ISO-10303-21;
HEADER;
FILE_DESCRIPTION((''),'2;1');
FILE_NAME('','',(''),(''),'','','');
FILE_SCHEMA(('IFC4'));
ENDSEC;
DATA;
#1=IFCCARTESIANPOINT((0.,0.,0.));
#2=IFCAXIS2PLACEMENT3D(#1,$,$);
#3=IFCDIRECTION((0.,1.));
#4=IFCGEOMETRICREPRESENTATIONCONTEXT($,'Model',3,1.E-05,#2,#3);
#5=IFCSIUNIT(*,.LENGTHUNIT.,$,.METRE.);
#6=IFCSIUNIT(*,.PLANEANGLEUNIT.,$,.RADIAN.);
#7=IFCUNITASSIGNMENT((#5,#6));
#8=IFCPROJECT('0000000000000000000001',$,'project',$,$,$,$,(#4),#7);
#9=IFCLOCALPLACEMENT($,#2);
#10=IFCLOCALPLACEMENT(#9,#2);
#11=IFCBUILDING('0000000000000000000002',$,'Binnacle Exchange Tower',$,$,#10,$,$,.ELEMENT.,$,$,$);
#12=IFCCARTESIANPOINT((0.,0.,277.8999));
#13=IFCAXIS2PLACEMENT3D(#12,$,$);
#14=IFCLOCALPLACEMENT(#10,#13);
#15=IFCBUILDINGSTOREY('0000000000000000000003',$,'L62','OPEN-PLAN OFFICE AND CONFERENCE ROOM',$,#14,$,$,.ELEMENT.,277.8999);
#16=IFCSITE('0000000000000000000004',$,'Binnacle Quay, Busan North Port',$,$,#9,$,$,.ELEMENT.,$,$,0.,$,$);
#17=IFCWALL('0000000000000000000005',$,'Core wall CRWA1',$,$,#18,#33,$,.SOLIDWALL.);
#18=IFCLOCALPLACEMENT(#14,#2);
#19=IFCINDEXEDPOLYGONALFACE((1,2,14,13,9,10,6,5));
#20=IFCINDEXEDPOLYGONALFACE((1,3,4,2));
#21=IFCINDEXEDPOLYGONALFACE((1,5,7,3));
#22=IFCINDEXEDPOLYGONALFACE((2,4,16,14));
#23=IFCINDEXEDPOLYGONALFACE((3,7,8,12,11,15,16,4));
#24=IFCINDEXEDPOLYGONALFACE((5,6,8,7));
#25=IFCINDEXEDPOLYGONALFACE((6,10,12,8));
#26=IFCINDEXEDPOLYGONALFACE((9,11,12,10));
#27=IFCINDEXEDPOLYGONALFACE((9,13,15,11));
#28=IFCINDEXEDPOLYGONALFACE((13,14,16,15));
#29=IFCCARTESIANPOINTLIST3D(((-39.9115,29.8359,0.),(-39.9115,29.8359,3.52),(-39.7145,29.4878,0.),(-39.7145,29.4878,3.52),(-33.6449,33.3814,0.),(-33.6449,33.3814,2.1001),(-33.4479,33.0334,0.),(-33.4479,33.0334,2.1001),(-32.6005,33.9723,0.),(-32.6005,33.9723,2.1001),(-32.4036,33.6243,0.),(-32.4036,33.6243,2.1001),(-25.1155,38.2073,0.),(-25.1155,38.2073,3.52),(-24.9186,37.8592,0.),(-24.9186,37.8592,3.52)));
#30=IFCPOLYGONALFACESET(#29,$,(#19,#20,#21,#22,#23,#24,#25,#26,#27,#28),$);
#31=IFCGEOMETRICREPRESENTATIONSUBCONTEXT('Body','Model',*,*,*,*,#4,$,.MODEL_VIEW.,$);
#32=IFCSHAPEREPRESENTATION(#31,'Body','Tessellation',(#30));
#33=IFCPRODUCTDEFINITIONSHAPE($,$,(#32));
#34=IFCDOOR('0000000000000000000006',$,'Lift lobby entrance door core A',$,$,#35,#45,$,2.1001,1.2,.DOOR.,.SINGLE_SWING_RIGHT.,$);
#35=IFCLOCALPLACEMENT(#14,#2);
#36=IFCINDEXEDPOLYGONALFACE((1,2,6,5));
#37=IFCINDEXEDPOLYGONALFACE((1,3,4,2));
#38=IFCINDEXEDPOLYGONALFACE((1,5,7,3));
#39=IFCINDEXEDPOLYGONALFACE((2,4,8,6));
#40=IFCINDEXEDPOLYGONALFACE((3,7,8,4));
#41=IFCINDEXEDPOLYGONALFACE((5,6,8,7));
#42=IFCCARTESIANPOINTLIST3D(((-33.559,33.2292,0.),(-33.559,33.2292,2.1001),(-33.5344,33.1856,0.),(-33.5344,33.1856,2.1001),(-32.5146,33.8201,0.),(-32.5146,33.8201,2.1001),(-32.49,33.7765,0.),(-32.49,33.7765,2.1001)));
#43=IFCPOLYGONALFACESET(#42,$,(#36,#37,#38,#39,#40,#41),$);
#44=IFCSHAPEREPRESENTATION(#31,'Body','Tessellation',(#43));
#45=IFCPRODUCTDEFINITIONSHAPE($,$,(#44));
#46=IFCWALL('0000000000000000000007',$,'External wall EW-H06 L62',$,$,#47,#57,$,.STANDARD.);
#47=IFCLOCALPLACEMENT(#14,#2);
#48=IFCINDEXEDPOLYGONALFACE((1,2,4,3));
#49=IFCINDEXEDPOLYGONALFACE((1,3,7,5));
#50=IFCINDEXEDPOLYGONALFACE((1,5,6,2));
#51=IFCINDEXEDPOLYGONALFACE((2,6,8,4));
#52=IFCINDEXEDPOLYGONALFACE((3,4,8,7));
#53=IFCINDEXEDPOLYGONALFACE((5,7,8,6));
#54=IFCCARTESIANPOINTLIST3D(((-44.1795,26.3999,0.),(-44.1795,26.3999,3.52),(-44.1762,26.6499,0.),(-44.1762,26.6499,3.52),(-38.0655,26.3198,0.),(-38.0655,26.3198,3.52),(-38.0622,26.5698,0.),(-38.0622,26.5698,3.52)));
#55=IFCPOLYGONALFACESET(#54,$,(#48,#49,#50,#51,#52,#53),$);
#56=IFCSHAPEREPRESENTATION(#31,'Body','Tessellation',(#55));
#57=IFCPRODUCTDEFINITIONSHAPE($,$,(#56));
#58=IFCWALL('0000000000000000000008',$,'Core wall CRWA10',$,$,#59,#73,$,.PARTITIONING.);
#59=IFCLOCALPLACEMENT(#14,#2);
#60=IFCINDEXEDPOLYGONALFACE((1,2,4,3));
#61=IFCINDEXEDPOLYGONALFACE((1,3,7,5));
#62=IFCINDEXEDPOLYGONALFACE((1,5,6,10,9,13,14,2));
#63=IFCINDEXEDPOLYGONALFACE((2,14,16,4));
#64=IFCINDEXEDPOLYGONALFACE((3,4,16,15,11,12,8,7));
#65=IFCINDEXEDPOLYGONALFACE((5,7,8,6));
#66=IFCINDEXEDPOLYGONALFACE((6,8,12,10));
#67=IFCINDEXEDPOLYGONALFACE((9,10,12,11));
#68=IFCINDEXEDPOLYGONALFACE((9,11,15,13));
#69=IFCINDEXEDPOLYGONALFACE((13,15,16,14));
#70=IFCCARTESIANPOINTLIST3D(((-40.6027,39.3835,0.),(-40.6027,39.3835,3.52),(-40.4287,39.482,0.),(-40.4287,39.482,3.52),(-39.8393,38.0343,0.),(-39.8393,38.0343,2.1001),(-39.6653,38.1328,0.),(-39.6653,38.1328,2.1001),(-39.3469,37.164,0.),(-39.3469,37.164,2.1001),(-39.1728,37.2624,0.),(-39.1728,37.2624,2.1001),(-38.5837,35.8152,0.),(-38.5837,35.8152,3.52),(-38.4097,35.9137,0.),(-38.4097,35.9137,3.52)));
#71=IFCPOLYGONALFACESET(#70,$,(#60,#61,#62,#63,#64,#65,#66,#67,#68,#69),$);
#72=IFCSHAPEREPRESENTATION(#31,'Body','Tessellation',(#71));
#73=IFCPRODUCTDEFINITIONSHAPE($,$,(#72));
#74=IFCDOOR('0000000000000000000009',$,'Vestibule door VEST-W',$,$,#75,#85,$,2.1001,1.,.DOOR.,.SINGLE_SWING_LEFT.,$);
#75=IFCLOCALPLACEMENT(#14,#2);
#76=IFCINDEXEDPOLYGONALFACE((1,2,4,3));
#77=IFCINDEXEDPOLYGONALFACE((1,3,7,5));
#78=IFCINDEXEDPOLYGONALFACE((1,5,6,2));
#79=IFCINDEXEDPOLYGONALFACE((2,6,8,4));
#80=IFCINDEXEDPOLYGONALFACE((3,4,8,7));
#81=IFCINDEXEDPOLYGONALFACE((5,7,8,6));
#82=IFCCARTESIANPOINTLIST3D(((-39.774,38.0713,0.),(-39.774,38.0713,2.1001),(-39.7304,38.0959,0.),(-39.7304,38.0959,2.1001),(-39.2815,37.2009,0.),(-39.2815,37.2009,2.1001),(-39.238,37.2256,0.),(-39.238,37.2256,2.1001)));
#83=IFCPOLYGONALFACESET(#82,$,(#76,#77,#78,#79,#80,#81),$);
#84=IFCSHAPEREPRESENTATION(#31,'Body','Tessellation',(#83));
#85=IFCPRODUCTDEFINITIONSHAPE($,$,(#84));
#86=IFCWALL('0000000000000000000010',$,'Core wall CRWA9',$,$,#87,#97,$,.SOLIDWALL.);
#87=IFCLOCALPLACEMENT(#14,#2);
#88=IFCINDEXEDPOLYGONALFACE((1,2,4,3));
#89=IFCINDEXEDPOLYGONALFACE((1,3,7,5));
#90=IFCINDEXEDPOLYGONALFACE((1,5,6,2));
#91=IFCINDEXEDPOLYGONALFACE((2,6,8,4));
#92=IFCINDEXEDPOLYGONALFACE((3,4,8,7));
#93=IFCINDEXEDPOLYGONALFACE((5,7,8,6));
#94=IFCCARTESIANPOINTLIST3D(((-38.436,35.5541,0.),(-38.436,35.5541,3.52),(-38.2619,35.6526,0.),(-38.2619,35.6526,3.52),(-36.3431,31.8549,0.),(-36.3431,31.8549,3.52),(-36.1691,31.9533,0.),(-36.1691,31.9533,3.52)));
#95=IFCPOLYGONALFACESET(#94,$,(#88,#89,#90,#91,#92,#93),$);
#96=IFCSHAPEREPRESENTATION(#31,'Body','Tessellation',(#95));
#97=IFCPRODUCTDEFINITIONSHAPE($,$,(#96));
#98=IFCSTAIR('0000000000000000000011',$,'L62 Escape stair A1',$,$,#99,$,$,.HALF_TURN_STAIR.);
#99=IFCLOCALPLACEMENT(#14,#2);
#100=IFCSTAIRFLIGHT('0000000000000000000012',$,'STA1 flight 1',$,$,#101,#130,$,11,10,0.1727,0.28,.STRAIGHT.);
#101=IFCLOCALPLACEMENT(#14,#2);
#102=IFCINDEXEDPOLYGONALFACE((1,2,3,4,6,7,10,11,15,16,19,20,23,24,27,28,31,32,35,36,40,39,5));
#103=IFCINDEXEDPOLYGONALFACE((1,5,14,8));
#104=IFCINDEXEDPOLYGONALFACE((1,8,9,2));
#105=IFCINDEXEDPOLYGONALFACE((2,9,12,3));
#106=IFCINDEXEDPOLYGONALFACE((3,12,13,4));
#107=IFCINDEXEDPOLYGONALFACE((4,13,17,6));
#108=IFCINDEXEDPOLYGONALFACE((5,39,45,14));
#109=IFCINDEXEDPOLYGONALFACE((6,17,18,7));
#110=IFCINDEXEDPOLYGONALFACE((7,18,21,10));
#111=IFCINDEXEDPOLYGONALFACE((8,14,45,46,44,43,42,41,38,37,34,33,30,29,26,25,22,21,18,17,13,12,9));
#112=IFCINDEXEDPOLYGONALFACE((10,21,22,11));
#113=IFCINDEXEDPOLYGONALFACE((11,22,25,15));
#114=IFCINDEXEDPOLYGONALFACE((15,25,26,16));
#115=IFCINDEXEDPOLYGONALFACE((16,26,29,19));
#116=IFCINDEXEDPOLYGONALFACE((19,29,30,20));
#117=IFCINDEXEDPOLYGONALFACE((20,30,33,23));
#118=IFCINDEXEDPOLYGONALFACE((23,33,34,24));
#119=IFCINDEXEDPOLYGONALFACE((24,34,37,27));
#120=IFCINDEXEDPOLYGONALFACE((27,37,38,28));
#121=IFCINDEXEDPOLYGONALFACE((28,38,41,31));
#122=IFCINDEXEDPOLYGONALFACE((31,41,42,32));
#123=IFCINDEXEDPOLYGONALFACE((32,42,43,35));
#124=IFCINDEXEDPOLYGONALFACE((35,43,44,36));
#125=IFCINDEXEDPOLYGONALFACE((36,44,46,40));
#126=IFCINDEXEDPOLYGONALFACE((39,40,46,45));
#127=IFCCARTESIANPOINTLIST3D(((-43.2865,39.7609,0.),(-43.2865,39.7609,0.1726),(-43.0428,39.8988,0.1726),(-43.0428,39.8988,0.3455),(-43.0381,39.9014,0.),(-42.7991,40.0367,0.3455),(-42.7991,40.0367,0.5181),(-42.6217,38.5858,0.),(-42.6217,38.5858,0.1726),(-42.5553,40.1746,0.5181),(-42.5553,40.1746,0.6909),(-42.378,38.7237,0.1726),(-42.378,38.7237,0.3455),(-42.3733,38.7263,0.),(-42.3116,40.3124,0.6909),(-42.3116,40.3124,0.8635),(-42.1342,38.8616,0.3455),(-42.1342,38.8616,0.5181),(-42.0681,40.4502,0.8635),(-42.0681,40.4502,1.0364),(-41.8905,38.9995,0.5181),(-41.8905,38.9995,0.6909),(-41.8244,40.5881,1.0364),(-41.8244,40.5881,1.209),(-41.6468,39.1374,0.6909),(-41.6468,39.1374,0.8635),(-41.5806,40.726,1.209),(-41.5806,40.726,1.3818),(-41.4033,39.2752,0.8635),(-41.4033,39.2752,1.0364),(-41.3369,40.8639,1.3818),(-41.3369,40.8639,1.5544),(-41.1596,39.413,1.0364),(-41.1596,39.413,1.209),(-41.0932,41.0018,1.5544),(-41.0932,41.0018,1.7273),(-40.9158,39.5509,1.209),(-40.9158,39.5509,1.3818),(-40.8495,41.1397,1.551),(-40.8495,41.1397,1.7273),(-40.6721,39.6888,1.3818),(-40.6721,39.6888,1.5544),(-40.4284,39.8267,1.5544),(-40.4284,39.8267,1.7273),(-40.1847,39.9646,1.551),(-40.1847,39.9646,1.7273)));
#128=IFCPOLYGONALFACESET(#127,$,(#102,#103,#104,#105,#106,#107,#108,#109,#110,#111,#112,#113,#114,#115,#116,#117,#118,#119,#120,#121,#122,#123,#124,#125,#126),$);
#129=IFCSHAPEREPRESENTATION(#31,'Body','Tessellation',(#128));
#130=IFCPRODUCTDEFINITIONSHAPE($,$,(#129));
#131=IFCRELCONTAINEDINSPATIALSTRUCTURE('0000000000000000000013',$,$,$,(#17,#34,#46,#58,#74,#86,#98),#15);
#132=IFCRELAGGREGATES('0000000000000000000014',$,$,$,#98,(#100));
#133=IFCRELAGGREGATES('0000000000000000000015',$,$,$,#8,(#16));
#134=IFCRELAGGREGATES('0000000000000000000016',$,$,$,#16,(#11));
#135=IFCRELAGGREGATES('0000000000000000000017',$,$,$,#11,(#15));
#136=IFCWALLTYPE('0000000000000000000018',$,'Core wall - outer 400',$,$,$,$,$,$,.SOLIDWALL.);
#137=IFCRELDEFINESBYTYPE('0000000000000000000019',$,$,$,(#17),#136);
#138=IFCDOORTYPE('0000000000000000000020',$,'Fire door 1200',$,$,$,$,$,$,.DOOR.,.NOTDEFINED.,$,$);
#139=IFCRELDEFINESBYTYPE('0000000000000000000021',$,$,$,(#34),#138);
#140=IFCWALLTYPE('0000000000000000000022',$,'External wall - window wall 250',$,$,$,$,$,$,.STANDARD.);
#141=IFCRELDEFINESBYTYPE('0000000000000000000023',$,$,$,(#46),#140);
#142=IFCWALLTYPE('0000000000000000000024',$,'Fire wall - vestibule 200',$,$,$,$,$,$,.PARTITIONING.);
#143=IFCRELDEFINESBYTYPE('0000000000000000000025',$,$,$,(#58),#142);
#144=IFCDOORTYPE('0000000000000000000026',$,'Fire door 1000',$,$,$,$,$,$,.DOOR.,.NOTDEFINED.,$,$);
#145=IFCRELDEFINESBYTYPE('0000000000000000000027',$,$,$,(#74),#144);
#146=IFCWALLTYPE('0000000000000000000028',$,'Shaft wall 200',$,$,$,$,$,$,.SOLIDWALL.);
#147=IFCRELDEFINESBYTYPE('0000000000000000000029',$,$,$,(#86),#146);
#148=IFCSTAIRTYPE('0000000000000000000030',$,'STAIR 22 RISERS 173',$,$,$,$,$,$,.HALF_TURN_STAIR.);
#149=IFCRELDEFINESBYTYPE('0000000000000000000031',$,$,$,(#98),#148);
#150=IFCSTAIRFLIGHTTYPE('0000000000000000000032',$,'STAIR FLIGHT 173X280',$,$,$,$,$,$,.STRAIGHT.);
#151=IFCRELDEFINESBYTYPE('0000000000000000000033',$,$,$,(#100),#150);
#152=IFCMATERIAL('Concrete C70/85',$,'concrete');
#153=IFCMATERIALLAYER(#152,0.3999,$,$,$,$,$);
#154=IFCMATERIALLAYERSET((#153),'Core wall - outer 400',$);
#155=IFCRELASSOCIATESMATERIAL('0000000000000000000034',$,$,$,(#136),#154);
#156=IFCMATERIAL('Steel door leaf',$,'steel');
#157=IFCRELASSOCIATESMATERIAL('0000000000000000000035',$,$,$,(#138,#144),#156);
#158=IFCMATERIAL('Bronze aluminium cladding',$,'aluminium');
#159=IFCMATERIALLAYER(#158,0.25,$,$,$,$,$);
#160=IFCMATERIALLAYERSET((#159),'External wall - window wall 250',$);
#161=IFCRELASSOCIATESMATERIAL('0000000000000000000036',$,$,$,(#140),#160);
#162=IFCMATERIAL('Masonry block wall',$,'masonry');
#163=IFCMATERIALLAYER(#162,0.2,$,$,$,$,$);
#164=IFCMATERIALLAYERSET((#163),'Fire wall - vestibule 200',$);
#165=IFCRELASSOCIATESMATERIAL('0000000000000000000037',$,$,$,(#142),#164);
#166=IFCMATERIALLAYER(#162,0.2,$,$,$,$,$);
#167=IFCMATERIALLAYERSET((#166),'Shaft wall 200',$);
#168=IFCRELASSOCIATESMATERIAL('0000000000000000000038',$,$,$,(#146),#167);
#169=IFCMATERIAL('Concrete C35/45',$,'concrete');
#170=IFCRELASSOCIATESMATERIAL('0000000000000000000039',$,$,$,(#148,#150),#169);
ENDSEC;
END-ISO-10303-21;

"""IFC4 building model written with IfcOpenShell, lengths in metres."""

from ifc_helpers import new_model, si_unit, direction, frame, frame_2d, origin, place, context, subcontext, project, spatial, polyline, rectangle, outline, extrude, material, layer, layer_set, type_object, element, fill, aggregate, save


model = new_model("IFC4")

# Units and contexts
model_context = context("Model", 3, precision=1e-05, world=origin(), true_north=direction((0.0, 1.0)))
body_context = subcontext(model_context, "Body", "Model", "MODEL_VIEW")
ifc_project = project(units=[si_unit("LENGTHUNIT", "METRE"), si_unit("PLANEANGLEUNIT", "RADIAN")], contexts=[model_context])

# Site, building, storey
site_placement = place(None, origin())
site = spatial("IfcSite", under=ifc_project, at=site_placement, Name="Binnacle Quay, Busan North Port", CompositionType="ELEMENT", RefElevation=0.0)
building_placement = place(site_placement, origin())
building = spatial("IfcBuilding", under=site, at=building_placement, Name="Binnacle Exchange Tower", CompositionType="ELEMENT")
storey_placement = place(building_placement, frame((0.0, 0.0, 277.8999)))
storey = spatial("IfcBuildingStorey", under=building, at=storey_placement, Name="L62", Description="OPEN-PLAN OFFICE AND CONFERENCE ROOM", CompositionType="ELEMENT", Elevation=277.8999)

# Shared definitions
ifc_material_1 = material(Name="Concrete C70/85", Category="concrete")
ifc_material_2 = material(Name="Steel door leaf", Category="steel")

# Wall, opening, door
ifc_layer_1 = layer(ifc_material_1, 0.3999)
ifc_layer_set_1 = layer_set([ifc_layer_1], Name="Core wall - outer 400")
wall_type_1 = type_object("IfcWallType", Name="Core wall - outer 400", PredefinedType="SOLIDWALL", material=ifc_layer_set_1)
wall_1_placement = place(storey_placement, frame((-39.813, 29.6619, 0.0), z_axis=(0.0, 0.0, 1.0), x_axis=(0.87035, 0.492433, 0.0)))
wall_1 = element("IfcWall", 1, at=wall_1_placement, inside=storey, type_object=wall_type_1, Name="Core wall CRWA1", PredefinedType="SOLIDWALL", context=body_context, shape_type="SweptSolid", body=[
    extrude(rectangle(XDim=17.0, YDim=0.3999, at=frame_2d((8.5, 0.0))), origin(), (0.0, 0.0, 1.0), 3.52),
])
opening_1_placement = place(wall_1_placement, frame((7.2, 0.0, 0.0)))
opening_1 = element("IfcOpeningElement", 2, at=opening_1_placement, cuts=wall_1, PredefinedType="OPENING", context=body_context, shape_type="SweptSolid", body=[
    extrude(rectangle(XDim=1.2, YDim=2.1001, at=frame_2d((0.6001, 1.05))), frame((0.0, 0.21, 0.0), z_axis=(0.0, -1.0, 0.0), x_axis=(1.0, 0.0, 0.0)), (0.0, 0.0, 1.0), 0.4199),
])
door_type_1 = type_object("IfcDoorType", Name="Fire door 1200", OperationType="NOTDEFINED", PredefinedType="DOOR", material=ifc_material_2)
door_1_placement = place(opening_1_placement, frame((1.2, 0.0, 0.0), z_axis=(0.0, 0.0, 1.0), x_axis=(-1.0, 0.0, 0.0)))
door_1 = element("IfcDoor", 3, at=door_1_placement, inside=storey, type_object=door_type_1, Name="Lift lobby entrance door core A", OperationType="SINGLE_SWING_RIGHT", OverallHeight=2.1001, OverallWidth=1.2, PredefinedType="DOOR", context=body_context, shape_type="SweptSolid", body=[
    extrude(rectangle(XDim=1.2, YDim=2.1001, at=frame_2d((0.6001, 1.05))), frame((0.0, 0.0249, 0.0), z_axis=(0.0, -1.0, 0.0), x_axis=(1.0, 0.0, 0.0)), (0.0, 0.0, 1.0), 0.05),
])
fill(opening_1, door_1)

# Wall
ifc_material_3 = material(Name="Bronze aluminium cladding", Category="aluminium")
ifc_layer_2 = layer(ifc_material_3, 0.25)
ifc_layer_set_2 = layer_set([ifc_layer_2], Name="External wall - window wall 250")
wall_type_2 = type_object("IfcWallType", Name="External wall - window wall 250", PredefinedType="STANDARD", material=ifc_layer_set_2)
wall_2_placement = place(storey_placement, frame((-38.064, 26.4448, 0.0), z_axis=(0.0, 0.0, 1.0), x_axis=(-0.999914, 0.013096, 0.0)))
element("IfcWall", 4, at=wall_2_placement, inside=storey, type_object=wall_type_2, Name="External wall EW-H06 L62", PredefinedType="STANDARD", context=body_context, shape_type="SweptSolid", body=[
    extrude(rectangle(XDim=6.1145, YDim=0.25, at=frame_2d((3.0571, 0.0))), origin(), (0.0, 0.0, 1.0), 3.52),
])

# Wall, opening, door
ifc_material_4 = material(Name="Masonry block wall", Category="masonry")
ifc_layer_3 = layer(ifc_material_4, 0.2)
ifc_layer_set_3 = layer_set([ifc_layer_3], Name="Fire wall - vestibule 200")
wall_type_3 = type_object("IfcWallType", Name="Fire wall - vestibule 200", PredefinedType="PARTITIONING", material=ifc_layer_set_3)
wall_3_placement = place(storey_placement, frame((-40.5156, 39.4326, 0.0), z_axis=(0.0, 0.0, 1.0), x_axis=(0.492454, -0.870339, 0.0)))
wall_3 = element("IfcWall", 5, at=wall_3_placement, inside=storey, type_object=wall_type_3, Name="Core wall CRWA10", PredefinedType="PARTITIONING", context=body_context, shape_type="SweptSolid", body=[
    extrude(rectangle(XDim=4.0999, YDim=0.2, at=frame_2d((2.0498, 0.0))), origin(), (0.0, 0.0, 1.0), 3.52),
])
opening_2_placement = place(wall_3_placement, frame((1.55, 0.0, 0.0)))
opening_2 = element("IfcOpeningElement", 6, at=opening_2_placement, cuts=wall_3, PredefinedType="OPENING", context=body_context, shape_type="SweptSolid", body=[
    extrude(rectangle(XDim=1.0, YDim=2.1001, at=frame_2d((0.5, 1.05))), frame((0.0, 0.1099, 0.0), z_axis=(0.0, -1.0, 0.0), x_axis=(1.0, 0.0, 0.0)), (0.0, 0.0, 1.0), 0.22),
])
door_type_2 = type_object("IfcDoorType", Name="Fire door 1000", OperationType="NOTDEFINED", PredefinedType="DOOR", material=ifc_material_2)
door_2_placement = place(opening_2_placement, frame((1.0, 0.0, 0.0), z_axis=(0.0, 0.0, 1.0), x_axis=(-1.0, 0.0, 0.0)))
door_2 = element("IfcDoor", 7, at=door_2_placement, inside=storey, type_object=door_type_2, Name="Vestibule door VEST-W", OperationType="SINGLE_SWING_LEFT", OverallHeight=2.1001, OverallWidth=1.0, PredefinedType="DOOR", context=body_context, shape_type="SweptSolid", body=[
    extrude(rectangle(XDim=1.0, YDim=2.1001, at=frame_2d((0.5, 1.05))), frame((0.0, 0.0249, 0.0), z_axis=(0.0, -1.0, 0.0), x_axis=(1.0, 0.0, 0.0)), (0.0, 0.0, 1.0), 0.05),
])
fill(opening_2, door_2)

# Wall
ifc_layer_4 = layer(ifc_material_4, 0.2)
ifc_layer_set_4 = layer_set([ifc_layer_4], Name="Shaft wall 200")
wall_type_4 = type_object("IfcWallType", Name="Shaft wall 200", PredefinedType="SOLIDWALL", material=ifc_layer_set_4)
wall_4_placement = place(storey_placement, frame((-38.3489, 35.6033, 0.0), z_axis=(0.0, 0.0, 1.0), x_axis=(0.492398, -0.87037, 0.0)))
element("IfcWall", 8, at=wall_4_placement, inside=storey, type_object=wall_type_4, Name="Core wall CRWA9", PredefinedType="SOLIDWALL", context=body_context, shape_type="SweptSolid", body=[
    extrude(rectangle(XDim=4.2502, YDim=0.2, at=frame_2d((2.125, 0.0))), origin(), (0.0, 0.0, 1.0), 3.52),
])

# Stair, stair flight
ifc_material_5 = material(Name="Concrete C35/45", Category="concrete")
stair_type = type_object("IfcStairType", Name="STAIR 22 RISERS 173", PredefinedType="HALF_TURN_STAIR", material=ifc_material_5)
stair_placement = place(storey_placement, origin())
stair = element("IfcStair", 9, at=stair_placement, inside=storey, type_object=stair_type, Name="L62 Escape stair A1", PredefinedType="HALF_TURN_STAIR")
stair_flight_type = type_object("IfcStairFlightType", Name="STAIR FLIGHT 173X280", PredefinedType="STRAIGHT", material=ifc_material_5)
stair_flight_placement = place(storey_placement, frame((-42.9541, 39.1733, 0.0), z_axis=(0.0, 0.0, 1.0), x_axis=(0.870356, 0.492424, 0.0)))
stair_flight = element("IfcStairFlight", 10, at=stair_flight_placement, type_object=stair_flight_type, Name="STA1 flight 1", NumberOfRisers=11, NumberOfTreads=10, PredefinedType="STRAIGHT", RiserHeight=0.1727, TreadLength=0.28, context=body_context, shape_type="SweptSolid", body=[
    extrude(outline(polyline([(0.0, 0.0), (0.0, 0.1726), (0.28, 0.1726), (0.28, 0.3455), (0.5601, 0.3455), (0.5601, 0.5181), (0.8401, 0.5181), (0.8401, 0.6909), (1.1201, 0.6909), (1.1201, 0.8635), (1.3999, 0.8635), (1.3999, 1.0364), (1.6799, 1.0364), (1.6799, 1.209), (1.96, 1.209), (1.96, 1.3818), (2.24, 1.3818), (2.24, 1.5544), (2.52, 1.5544), (2.52, 1.7273), (2.8, 1.7273), (2.8, 1.8999), (2.8, 1.551), (0.2854, 0.0), (0.0, 0.0)])), frame((0.0, 0.675, 0.0), z_axis=(0.0, -1.0, 0.0), x_axis=(1.0, 0.0, 0.0)), (0.0, 0.0, 1.0), 1.3501),
])
aggregate(stair, [stair_flight])

save(model, "model.ifc")
